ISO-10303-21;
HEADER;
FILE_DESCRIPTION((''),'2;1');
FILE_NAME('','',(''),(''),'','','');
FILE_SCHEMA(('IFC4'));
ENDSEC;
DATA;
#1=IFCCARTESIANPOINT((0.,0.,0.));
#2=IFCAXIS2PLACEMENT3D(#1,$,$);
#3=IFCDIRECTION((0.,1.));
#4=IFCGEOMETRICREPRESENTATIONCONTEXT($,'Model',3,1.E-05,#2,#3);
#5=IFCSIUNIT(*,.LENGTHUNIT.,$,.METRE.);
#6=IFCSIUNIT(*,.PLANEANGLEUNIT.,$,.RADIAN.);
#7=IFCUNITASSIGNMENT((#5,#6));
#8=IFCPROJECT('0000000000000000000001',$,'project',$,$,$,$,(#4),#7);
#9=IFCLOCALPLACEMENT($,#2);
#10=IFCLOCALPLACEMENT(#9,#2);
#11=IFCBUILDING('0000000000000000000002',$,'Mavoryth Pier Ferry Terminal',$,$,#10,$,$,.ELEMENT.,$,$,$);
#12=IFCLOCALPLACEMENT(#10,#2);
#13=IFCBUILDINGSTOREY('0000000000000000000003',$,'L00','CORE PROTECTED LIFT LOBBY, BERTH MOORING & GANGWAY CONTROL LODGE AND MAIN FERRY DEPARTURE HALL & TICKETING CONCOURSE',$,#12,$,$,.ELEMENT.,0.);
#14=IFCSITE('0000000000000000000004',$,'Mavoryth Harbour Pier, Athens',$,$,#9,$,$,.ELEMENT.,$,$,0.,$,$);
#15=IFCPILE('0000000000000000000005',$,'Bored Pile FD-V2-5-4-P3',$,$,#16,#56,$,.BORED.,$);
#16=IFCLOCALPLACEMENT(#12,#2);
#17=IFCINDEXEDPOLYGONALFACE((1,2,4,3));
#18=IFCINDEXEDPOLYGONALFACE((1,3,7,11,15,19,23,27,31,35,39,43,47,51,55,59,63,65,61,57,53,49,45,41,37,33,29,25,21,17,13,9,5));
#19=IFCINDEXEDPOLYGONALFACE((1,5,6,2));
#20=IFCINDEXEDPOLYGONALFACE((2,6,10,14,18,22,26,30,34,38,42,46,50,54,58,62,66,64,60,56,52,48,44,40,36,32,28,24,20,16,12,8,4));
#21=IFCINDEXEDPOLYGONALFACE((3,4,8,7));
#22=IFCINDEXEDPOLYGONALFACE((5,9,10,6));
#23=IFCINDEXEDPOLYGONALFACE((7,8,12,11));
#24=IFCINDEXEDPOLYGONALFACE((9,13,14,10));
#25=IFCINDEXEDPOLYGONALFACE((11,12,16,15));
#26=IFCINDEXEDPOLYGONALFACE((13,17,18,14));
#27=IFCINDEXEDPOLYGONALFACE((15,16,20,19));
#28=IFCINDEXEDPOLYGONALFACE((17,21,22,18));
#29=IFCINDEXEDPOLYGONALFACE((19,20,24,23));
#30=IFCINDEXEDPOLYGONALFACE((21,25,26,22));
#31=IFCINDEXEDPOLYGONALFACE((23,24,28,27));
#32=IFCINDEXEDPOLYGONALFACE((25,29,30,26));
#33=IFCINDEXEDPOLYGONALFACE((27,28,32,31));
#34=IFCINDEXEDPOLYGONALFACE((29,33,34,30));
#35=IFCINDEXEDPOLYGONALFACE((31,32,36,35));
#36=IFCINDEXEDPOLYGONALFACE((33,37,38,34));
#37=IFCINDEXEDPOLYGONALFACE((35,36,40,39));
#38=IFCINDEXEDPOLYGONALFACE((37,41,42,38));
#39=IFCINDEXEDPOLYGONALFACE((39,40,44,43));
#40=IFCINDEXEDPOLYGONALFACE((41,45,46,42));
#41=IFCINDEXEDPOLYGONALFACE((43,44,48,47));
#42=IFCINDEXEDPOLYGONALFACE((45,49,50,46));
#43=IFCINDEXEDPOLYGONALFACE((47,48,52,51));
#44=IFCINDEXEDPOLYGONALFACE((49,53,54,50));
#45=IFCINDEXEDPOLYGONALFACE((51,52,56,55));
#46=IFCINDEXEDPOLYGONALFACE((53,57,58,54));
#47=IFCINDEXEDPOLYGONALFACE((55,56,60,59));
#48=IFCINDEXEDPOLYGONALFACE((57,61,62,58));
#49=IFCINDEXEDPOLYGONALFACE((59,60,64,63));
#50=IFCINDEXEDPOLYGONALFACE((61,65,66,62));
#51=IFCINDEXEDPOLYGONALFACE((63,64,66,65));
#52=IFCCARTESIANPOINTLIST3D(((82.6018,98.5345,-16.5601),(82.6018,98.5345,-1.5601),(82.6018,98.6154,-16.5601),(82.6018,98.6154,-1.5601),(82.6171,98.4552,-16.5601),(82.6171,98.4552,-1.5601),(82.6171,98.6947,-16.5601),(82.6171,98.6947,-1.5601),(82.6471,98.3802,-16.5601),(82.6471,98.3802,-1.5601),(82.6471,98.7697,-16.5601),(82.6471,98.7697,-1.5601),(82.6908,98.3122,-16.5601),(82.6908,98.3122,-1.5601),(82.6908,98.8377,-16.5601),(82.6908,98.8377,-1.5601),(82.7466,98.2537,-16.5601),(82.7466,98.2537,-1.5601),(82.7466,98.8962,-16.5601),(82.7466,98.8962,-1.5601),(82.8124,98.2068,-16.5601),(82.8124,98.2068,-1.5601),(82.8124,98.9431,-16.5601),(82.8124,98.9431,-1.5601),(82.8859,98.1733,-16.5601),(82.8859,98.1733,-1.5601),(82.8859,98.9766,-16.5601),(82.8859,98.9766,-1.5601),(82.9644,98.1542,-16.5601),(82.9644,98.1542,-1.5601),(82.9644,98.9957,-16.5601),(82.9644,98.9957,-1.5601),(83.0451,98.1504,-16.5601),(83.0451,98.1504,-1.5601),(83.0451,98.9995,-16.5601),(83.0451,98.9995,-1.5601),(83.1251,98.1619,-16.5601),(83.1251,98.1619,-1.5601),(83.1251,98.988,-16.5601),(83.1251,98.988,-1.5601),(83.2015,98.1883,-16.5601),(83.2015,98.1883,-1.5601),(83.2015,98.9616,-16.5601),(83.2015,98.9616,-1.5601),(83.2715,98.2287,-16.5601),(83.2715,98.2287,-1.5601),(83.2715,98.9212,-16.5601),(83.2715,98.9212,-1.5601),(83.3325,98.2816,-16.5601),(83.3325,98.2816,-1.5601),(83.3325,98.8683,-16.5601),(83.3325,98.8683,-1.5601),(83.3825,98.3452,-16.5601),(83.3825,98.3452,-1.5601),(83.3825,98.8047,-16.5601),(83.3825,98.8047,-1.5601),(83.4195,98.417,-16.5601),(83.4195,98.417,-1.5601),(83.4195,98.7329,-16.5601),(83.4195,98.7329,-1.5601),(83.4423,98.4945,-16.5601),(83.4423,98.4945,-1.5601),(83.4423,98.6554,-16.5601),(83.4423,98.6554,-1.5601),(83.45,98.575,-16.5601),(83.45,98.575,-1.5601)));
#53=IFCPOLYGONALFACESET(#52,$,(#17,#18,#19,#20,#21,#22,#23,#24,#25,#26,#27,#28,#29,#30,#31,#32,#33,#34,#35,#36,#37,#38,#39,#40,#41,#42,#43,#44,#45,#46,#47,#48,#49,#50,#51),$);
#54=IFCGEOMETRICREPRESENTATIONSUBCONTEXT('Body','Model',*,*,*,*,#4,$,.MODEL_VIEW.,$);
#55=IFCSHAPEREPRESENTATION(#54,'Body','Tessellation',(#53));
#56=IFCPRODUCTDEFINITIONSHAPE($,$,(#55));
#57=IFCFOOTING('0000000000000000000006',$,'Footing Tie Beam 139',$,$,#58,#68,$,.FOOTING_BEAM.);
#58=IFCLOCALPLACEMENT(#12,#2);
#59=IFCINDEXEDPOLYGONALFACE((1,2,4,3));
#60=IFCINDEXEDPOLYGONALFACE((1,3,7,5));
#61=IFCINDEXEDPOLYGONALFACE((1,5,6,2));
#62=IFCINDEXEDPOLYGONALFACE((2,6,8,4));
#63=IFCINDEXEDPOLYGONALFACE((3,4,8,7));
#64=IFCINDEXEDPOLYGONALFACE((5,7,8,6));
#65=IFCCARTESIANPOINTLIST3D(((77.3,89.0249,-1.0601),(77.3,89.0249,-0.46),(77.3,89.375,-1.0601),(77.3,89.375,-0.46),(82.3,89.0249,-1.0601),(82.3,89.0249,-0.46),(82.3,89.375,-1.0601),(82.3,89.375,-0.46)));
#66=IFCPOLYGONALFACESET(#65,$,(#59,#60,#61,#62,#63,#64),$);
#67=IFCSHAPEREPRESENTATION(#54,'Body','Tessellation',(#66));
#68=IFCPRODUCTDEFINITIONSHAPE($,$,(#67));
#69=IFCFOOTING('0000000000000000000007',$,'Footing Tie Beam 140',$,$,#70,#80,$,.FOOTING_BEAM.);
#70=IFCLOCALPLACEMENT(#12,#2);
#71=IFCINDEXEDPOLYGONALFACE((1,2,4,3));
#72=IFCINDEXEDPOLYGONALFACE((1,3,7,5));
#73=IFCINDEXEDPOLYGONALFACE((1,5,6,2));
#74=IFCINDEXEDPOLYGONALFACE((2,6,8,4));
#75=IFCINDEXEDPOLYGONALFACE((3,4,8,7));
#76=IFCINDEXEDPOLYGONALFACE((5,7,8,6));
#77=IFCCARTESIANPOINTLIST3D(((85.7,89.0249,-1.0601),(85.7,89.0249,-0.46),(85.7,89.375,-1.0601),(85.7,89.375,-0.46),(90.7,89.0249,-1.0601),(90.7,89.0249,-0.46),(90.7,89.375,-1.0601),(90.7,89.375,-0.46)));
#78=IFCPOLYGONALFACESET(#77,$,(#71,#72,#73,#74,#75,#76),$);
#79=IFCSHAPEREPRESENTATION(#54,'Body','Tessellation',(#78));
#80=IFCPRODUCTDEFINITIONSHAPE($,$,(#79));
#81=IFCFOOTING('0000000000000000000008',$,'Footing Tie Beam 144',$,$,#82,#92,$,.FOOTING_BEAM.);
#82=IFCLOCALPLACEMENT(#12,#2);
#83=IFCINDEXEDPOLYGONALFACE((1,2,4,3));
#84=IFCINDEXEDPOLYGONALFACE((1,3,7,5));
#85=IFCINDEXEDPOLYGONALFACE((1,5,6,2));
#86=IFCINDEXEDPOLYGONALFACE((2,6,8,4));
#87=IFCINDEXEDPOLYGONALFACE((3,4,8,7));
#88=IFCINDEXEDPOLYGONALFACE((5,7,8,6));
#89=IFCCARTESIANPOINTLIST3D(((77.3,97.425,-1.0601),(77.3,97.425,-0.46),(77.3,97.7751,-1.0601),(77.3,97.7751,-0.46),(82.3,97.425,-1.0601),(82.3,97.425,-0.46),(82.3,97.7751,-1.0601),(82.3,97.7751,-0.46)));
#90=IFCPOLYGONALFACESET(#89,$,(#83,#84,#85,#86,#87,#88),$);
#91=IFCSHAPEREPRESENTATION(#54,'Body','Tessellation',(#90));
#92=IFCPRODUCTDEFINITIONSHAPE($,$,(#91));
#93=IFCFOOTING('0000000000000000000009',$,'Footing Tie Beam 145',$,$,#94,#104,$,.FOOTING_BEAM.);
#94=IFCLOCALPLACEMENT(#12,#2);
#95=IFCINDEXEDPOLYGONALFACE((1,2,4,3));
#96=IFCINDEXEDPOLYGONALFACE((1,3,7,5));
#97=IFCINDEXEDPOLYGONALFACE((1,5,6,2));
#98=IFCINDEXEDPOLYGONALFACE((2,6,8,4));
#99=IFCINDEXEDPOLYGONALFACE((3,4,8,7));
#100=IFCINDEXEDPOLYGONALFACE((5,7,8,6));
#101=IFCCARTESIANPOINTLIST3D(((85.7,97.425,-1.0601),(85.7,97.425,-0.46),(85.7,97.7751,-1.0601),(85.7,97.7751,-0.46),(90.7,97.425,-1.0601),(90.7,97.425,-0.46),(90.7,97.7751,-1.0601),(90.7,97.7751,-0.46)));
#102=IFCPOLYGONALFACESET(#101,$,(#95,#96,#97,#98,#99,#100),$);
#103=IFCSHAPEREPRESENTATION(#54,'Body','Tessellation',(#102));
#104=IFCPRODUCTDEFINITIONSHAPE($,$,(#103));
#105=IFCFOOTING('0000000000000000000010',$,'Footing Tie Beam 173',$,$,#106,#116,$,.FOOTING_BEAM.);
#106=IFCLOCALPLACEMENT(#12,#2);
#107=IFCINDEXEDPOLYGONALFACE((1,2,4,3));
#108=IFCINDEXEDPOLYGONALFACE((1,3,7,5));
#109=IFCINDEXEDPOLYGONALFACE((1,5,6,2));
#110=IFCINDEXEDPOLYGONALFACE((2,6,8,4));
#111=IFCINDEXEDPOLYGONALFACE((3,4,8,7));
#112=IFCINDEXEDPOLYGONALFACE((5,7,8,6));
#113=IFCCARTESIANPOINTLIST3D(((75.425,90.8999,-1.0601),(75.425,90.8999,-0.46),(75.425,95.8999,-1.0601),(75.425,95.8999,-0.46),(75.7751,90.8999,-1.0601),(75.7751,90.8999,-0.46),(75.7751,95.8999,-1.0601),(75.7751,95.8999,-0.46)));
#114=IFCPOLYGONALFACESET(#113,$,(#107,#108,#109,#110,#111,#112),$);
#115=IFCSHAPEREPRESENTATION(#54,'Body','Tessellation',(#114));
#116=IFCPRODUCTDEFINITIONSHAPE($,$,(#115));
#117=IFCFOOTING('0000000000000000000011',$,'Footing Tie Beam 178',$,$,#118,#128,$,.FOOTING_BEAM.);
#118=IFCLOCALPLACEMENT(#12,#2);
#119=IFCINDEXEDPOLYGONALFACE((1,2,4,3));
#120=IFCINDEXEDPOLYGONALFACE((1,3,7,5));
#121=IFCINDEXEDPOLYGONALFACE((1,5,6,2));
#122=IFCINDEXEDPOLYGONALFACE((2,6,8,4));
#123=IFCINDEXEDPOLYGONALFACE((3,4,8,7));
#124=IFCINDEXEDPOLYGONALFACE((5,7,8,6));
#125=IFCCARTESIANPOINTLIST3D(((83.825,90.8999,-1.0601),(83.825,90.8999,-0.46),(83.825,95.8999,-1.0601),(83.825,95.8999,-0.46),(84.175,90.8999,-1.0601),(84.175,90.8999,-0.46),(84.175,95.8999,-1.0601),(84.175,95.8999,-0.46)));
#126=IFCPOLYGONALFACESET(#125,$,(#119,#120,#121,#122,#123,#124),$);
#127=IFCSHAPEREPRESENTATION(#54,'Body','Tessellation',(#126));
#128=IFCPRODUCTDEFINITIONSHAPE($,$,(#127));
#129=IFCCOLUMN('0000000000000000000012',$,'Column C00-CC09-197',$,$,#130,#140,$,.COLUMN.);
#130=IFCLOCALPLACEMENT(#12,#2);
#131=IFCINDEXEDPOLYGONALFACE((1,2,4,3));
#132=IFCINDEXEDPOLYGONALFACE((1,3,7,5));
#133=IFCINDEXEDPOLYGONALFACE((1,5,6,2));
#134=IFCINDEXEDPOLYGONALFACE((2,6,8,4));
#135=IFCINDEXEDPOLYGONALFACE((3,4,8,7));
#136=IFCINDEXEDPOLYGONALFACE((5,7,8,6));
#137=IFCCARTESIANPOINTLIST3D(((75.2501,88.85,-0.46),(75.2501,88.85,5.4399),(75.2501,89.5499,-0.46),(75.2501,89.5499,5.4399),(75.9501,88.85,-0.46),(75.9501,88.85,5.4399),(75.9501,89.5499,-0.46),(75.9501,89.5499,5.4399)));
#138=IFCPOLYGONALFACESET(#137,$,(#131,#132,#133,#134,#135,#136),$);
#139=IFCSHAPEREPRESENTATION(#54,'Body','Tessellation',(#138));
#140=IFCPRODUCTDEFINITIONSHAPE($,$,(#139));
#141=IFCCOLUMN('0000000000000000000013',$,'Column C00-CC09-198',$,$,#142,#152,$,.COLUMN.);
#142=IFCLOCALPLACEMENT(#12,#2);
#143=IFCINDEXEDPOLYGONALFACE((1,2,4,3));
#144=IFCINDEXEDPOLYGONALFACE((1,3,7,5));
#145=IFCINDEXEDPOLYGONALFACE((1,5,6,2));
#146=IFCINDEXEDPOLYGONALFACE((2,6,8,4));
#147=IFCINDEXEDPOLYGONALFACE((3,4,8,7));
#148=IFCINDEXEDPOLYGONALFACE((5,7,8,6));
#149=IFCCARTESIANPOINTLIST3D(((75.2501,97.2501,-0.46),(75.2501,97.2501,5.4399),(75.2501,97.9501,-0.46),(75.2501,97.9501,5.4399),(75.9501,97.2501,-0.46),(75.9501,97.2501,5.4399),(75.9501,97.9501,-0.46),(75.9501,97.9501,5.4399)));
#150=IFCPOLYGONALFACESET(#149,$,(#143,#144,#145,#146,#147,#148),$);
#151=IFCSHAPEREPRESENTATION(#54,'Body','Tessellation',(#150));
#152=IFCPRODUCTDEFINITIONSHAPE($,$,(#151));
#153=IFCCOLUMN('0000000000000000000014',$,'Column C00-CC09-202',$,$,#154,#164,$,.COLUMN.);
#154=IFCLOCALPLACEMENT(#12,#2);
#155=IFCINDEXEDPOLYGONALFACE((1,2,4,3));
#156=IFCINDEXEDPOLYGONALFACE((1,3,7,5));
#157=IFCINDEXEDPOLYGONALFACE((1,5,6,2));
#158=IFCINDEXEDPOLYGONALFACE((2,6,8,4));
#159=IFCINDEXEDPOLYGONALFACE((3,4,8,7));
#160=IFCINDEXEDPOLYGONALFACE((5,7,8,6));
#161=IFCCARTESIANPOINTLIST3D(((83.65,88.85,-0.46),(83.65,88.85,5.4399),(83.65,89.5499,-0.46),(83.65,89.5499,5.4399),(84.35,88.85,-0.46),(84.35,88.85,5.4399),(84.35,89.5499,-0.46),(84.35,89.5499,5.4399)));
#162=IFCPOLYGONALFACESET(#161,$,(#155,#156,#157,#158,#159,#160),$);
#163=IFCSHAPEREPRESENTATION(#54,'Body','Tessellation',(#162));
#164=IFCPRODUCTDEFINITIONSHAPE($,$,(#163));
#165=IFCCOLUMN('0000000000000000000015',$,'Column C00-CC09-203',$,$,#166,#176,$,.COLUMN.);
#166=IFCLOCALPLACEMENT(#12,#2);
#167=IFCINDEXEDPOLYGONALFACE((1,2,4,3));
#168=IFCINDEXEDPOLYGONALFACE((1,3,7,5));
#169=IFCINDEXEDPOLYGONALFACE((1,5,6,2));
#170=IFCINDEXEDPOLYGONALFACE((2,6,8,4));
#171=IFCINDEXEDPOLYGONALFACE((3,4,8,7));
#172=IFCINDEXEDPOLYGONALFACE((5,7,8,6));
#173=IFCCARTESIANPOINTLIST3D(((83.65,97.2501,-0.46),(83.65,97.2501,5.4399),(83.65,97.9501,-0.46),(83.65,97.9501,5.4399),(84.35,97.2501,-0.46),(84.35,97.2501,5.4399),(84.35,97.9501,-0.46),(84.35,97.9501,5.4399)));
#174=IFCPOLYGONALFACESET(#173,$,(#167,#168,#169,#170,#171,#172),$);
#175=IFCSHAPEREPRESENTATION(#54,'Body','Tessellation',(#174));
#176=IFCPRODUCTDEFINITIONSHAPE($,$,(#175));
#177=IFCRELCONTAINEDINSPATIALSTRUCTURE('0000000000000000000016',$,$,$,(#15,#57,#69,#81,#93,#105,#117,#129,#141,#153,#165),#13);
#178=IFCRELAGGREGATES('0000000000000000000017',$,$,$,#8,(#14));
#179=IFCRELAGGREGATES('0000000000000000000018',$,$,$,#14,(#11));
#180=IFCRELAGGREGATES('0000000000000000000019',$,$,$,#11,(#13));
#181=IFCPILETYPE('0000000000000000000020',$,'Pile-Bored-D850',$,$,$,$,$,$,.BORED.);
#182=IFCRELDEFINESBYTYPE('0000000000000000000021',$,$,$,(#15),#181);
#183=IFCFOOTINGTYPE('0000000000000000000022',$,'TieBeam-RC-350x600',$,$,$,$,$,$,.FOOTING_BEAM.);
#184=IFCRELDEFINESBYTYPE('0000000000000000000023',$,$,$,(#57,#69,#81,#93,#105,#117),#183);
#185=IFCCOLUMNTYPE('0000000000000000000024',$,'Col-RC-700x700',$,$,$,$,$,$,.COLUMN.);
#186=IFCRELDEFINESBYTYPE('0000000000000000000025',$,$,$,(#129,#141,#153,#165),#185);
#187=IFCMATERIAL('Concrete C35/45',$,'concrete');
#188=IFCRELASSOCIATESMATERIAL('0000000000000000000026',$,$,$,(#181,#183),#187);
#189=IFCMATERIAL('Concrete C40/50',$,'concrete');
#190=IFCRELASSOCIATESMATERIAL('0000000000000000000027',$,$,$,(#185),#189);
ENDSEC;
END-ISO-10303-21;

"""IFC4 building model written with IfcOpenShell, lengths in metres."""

from ifc_helpers import new_model, si_unit, direction, frame, origin, origin_2d, place, context, subcontext, project, spatial, rectangle, circle, extrude, material, material_profile, profile_set, type_object, element, save


model = new_model("IFC4")

# Units and contexts
model_context = context("Model", 3, precision=1e-05, world=origin(), true_north=direction((0.0, 1.0)))
body_context = subcontext(model_context, "Body", "Model", "MODEL_VIEW")
ifc_project = project(units=[si_unit("LENGTHUNIT", "METRE"), si_unit("PLANEANGLEUNIT", "RADIAN")], contexts=[model_context])

# Site, building, storey
site_placement = place(None, origin())
site = spatial("IfcSite", under=ifc_project, at=site_placement, Name="Mavoryth Harbour Pier, Athens", CompositionType="ELEMENT", RefElevation=0.0)
building_placement = place(site_placement, origin())
building = spatial("IfcBuilding", under=site, at=building_placement, Name="Mavoryth Pier Ferry Terminal", CompositionType="ELEMENT")
storey_placement = place(building_placement, origin())
storey = spatial("IfcBuildingStorey", under=building, at=storey_placement, Name="L00", Description="CORE PROTECTED LIFT LOBBY, BERTH MOORING & GANGWAY CONTROL LODGE AND MAIN FERRY DEPARTURE HALL & TICKETING CONCOURSE", CompositionType="ELEMENT", Elevation=0.0)

# Shared definitions
ifc_material_1 = material(Name="Concrete C35/45", Category="concrete")

# Pile
ifc_material_profile_1 = material_profile(ifc_material_1, circle(Radius=0.425, at=origin_2d()), Name="PILE D850", Category="concrete")
ifc_profile_set_1 = profile_set([ifc_material_profile_1], Name="Concrete C35/45 - PILE D850")
pile_type = type_object("IfcPileType", Name="Pile-Bored-D850", PredefinedType="BORED", material=ifc_profile_set_1)
for number, where, z_axis, x_axis, name in (
    (1, (83.0249, 98.575, -1.5601), (0.0, 0.0, -1.0), (1.0, 0.0, 0.0), "Bored Pile FD-V2-5-4-P3"),
):
    element("IfcPile", number, at=place(storey_placement, frame(where, z_axis=z_axis, x_axis=x_axis)), inside=storey, type_object=pile_type, Name=name, PredefinedType="BORED", context=body_context, shape_type="SweptSolid", body=[
        extrude(circle(Radius=0.425, at=origin_2d()), origin(), (0.0, 0.0, 1.0), 15.0),
    ])

# Footings
ifc_material_profile_2 = material_profile(ifc_material_1, rectangle(XDim=0.3501, YDim=0.6001, at=origin_2d()), Name="RC 350x600", Category="concrete")
ifc_profile_set_2 = profile_set([ifc_material_profile_2], Name="Concrete C35/45 - RC 350x600")
footing_type_1 = type_object("IfcFootingType", Name="TieBeam-RC-350x600", PredefinedType="FOOTING_BEAM", material=ifc_profile_set_2)
for number, where, z_axis, x_axis, name in (
    (2, (77.3, 89.2, -0.76), (1.0, 0.0, 0.0), (0.0, 1.0, 0.0), "Footing Tie Beam 139"),
    (3, (85.7, 89.2, -0.76), (1.0, 0.0, 0.0), (0.0, 1.0, 0.0), "Footing Tie Beam 140"),
    (4, (77.3, 97.6001, -0.76), (1.0, 0.0, 0.0), (0.0, 1.0, 0.0), "Footing Tie Beam 144"),
    (5, (85.7, 97.6001, -0.76), (1.0, 0.0, 0.0), (0.0, 1.0, 0.0), "Footing Tie Beam 145"),
    (6, (75.6001, 90.8999, -0.76), (0.0, 1.0, 0.0), (-1.0, 0.0, 0.0), "Footing Tie Beam 173"),
    (7, (84.0, 90.8999, -0.76), (0.0, 1.0, 0.0), (-1.0, 0.0, 0.0), "Footing Tie Beam 178"),
):
    element("IfcFooting", number, at=place(storey_placement, frame(where, z_axis=z_axis, x_axis=x_axis)), inside=storey, type_object=footing_type_1, Name=name, PredefinedType="FOOTING_BEAM", context=body_context, shape_type="SweptSolid", body=[
        extrude(rectangle(XDim=0.3501, YDim=0.6001, at=origin_2d()), origin(), (0.0, 0.0, 1.0), 5.0),
    ])

# Columns
ifc_material_2 = material(Name="Concrete C40/50", Category="concrete")
ifc_material_profile_3 = material_profile(ifc_material_2, rectangle(XDim=0.7, YDim=0.7, at=origin_2d()), Name="RC 700x700", Category="concrete")
ifc_profile_set_3 = profile_set([ifc_material_profile_3], Name="Concrete C40/50 - RC 700x700")
column_type = type_object("IfcColumnType", Name="Col-RC-700x700", PredefinedType="COLUMN", material=ifc_profile_set_3)
for number, where, z_axis, x_axis, name in (
    (8, (75.6001, 89.2, -0.46), (0.0, 0.0, 1.0), (1.0, 0.0, 0.0), "Column C00-CC09-197"),
    (9, (75.6001, 97.6001, -0.46), (0.0, 0.0, 1.0), (1.0, 0.0, 0.0), "Column C00-CC09-198"),
    (10, (84.0, 89.2, -0.46), (0.0, 0.0, 1.0), (1.0, 0.0, 0.0), "Column C00-CC09-202"),
    (11, (84.0, 97.6001, -0.46), (0.0, 0.0, 1.0), (1.0, 0.0, 0.0), "Column C00-CC09-203"),
):
    element("IfcColumn", number, at=place(storey_placement, frame(where, z_axis=z_axis, x_axis=x_axis)), inside=storey, type_object=column_type, Name=name, PredefinedType="COLUMN", context=body_context, shape_type="SweptSolid", body=[
        extrude(rectangle(XDim=0.7, YDim=0.7, at=origin_2d()), origin(), (0.0, 0.0, 1.0), 5.8999),
    ])

save(model, "model.ifc")
